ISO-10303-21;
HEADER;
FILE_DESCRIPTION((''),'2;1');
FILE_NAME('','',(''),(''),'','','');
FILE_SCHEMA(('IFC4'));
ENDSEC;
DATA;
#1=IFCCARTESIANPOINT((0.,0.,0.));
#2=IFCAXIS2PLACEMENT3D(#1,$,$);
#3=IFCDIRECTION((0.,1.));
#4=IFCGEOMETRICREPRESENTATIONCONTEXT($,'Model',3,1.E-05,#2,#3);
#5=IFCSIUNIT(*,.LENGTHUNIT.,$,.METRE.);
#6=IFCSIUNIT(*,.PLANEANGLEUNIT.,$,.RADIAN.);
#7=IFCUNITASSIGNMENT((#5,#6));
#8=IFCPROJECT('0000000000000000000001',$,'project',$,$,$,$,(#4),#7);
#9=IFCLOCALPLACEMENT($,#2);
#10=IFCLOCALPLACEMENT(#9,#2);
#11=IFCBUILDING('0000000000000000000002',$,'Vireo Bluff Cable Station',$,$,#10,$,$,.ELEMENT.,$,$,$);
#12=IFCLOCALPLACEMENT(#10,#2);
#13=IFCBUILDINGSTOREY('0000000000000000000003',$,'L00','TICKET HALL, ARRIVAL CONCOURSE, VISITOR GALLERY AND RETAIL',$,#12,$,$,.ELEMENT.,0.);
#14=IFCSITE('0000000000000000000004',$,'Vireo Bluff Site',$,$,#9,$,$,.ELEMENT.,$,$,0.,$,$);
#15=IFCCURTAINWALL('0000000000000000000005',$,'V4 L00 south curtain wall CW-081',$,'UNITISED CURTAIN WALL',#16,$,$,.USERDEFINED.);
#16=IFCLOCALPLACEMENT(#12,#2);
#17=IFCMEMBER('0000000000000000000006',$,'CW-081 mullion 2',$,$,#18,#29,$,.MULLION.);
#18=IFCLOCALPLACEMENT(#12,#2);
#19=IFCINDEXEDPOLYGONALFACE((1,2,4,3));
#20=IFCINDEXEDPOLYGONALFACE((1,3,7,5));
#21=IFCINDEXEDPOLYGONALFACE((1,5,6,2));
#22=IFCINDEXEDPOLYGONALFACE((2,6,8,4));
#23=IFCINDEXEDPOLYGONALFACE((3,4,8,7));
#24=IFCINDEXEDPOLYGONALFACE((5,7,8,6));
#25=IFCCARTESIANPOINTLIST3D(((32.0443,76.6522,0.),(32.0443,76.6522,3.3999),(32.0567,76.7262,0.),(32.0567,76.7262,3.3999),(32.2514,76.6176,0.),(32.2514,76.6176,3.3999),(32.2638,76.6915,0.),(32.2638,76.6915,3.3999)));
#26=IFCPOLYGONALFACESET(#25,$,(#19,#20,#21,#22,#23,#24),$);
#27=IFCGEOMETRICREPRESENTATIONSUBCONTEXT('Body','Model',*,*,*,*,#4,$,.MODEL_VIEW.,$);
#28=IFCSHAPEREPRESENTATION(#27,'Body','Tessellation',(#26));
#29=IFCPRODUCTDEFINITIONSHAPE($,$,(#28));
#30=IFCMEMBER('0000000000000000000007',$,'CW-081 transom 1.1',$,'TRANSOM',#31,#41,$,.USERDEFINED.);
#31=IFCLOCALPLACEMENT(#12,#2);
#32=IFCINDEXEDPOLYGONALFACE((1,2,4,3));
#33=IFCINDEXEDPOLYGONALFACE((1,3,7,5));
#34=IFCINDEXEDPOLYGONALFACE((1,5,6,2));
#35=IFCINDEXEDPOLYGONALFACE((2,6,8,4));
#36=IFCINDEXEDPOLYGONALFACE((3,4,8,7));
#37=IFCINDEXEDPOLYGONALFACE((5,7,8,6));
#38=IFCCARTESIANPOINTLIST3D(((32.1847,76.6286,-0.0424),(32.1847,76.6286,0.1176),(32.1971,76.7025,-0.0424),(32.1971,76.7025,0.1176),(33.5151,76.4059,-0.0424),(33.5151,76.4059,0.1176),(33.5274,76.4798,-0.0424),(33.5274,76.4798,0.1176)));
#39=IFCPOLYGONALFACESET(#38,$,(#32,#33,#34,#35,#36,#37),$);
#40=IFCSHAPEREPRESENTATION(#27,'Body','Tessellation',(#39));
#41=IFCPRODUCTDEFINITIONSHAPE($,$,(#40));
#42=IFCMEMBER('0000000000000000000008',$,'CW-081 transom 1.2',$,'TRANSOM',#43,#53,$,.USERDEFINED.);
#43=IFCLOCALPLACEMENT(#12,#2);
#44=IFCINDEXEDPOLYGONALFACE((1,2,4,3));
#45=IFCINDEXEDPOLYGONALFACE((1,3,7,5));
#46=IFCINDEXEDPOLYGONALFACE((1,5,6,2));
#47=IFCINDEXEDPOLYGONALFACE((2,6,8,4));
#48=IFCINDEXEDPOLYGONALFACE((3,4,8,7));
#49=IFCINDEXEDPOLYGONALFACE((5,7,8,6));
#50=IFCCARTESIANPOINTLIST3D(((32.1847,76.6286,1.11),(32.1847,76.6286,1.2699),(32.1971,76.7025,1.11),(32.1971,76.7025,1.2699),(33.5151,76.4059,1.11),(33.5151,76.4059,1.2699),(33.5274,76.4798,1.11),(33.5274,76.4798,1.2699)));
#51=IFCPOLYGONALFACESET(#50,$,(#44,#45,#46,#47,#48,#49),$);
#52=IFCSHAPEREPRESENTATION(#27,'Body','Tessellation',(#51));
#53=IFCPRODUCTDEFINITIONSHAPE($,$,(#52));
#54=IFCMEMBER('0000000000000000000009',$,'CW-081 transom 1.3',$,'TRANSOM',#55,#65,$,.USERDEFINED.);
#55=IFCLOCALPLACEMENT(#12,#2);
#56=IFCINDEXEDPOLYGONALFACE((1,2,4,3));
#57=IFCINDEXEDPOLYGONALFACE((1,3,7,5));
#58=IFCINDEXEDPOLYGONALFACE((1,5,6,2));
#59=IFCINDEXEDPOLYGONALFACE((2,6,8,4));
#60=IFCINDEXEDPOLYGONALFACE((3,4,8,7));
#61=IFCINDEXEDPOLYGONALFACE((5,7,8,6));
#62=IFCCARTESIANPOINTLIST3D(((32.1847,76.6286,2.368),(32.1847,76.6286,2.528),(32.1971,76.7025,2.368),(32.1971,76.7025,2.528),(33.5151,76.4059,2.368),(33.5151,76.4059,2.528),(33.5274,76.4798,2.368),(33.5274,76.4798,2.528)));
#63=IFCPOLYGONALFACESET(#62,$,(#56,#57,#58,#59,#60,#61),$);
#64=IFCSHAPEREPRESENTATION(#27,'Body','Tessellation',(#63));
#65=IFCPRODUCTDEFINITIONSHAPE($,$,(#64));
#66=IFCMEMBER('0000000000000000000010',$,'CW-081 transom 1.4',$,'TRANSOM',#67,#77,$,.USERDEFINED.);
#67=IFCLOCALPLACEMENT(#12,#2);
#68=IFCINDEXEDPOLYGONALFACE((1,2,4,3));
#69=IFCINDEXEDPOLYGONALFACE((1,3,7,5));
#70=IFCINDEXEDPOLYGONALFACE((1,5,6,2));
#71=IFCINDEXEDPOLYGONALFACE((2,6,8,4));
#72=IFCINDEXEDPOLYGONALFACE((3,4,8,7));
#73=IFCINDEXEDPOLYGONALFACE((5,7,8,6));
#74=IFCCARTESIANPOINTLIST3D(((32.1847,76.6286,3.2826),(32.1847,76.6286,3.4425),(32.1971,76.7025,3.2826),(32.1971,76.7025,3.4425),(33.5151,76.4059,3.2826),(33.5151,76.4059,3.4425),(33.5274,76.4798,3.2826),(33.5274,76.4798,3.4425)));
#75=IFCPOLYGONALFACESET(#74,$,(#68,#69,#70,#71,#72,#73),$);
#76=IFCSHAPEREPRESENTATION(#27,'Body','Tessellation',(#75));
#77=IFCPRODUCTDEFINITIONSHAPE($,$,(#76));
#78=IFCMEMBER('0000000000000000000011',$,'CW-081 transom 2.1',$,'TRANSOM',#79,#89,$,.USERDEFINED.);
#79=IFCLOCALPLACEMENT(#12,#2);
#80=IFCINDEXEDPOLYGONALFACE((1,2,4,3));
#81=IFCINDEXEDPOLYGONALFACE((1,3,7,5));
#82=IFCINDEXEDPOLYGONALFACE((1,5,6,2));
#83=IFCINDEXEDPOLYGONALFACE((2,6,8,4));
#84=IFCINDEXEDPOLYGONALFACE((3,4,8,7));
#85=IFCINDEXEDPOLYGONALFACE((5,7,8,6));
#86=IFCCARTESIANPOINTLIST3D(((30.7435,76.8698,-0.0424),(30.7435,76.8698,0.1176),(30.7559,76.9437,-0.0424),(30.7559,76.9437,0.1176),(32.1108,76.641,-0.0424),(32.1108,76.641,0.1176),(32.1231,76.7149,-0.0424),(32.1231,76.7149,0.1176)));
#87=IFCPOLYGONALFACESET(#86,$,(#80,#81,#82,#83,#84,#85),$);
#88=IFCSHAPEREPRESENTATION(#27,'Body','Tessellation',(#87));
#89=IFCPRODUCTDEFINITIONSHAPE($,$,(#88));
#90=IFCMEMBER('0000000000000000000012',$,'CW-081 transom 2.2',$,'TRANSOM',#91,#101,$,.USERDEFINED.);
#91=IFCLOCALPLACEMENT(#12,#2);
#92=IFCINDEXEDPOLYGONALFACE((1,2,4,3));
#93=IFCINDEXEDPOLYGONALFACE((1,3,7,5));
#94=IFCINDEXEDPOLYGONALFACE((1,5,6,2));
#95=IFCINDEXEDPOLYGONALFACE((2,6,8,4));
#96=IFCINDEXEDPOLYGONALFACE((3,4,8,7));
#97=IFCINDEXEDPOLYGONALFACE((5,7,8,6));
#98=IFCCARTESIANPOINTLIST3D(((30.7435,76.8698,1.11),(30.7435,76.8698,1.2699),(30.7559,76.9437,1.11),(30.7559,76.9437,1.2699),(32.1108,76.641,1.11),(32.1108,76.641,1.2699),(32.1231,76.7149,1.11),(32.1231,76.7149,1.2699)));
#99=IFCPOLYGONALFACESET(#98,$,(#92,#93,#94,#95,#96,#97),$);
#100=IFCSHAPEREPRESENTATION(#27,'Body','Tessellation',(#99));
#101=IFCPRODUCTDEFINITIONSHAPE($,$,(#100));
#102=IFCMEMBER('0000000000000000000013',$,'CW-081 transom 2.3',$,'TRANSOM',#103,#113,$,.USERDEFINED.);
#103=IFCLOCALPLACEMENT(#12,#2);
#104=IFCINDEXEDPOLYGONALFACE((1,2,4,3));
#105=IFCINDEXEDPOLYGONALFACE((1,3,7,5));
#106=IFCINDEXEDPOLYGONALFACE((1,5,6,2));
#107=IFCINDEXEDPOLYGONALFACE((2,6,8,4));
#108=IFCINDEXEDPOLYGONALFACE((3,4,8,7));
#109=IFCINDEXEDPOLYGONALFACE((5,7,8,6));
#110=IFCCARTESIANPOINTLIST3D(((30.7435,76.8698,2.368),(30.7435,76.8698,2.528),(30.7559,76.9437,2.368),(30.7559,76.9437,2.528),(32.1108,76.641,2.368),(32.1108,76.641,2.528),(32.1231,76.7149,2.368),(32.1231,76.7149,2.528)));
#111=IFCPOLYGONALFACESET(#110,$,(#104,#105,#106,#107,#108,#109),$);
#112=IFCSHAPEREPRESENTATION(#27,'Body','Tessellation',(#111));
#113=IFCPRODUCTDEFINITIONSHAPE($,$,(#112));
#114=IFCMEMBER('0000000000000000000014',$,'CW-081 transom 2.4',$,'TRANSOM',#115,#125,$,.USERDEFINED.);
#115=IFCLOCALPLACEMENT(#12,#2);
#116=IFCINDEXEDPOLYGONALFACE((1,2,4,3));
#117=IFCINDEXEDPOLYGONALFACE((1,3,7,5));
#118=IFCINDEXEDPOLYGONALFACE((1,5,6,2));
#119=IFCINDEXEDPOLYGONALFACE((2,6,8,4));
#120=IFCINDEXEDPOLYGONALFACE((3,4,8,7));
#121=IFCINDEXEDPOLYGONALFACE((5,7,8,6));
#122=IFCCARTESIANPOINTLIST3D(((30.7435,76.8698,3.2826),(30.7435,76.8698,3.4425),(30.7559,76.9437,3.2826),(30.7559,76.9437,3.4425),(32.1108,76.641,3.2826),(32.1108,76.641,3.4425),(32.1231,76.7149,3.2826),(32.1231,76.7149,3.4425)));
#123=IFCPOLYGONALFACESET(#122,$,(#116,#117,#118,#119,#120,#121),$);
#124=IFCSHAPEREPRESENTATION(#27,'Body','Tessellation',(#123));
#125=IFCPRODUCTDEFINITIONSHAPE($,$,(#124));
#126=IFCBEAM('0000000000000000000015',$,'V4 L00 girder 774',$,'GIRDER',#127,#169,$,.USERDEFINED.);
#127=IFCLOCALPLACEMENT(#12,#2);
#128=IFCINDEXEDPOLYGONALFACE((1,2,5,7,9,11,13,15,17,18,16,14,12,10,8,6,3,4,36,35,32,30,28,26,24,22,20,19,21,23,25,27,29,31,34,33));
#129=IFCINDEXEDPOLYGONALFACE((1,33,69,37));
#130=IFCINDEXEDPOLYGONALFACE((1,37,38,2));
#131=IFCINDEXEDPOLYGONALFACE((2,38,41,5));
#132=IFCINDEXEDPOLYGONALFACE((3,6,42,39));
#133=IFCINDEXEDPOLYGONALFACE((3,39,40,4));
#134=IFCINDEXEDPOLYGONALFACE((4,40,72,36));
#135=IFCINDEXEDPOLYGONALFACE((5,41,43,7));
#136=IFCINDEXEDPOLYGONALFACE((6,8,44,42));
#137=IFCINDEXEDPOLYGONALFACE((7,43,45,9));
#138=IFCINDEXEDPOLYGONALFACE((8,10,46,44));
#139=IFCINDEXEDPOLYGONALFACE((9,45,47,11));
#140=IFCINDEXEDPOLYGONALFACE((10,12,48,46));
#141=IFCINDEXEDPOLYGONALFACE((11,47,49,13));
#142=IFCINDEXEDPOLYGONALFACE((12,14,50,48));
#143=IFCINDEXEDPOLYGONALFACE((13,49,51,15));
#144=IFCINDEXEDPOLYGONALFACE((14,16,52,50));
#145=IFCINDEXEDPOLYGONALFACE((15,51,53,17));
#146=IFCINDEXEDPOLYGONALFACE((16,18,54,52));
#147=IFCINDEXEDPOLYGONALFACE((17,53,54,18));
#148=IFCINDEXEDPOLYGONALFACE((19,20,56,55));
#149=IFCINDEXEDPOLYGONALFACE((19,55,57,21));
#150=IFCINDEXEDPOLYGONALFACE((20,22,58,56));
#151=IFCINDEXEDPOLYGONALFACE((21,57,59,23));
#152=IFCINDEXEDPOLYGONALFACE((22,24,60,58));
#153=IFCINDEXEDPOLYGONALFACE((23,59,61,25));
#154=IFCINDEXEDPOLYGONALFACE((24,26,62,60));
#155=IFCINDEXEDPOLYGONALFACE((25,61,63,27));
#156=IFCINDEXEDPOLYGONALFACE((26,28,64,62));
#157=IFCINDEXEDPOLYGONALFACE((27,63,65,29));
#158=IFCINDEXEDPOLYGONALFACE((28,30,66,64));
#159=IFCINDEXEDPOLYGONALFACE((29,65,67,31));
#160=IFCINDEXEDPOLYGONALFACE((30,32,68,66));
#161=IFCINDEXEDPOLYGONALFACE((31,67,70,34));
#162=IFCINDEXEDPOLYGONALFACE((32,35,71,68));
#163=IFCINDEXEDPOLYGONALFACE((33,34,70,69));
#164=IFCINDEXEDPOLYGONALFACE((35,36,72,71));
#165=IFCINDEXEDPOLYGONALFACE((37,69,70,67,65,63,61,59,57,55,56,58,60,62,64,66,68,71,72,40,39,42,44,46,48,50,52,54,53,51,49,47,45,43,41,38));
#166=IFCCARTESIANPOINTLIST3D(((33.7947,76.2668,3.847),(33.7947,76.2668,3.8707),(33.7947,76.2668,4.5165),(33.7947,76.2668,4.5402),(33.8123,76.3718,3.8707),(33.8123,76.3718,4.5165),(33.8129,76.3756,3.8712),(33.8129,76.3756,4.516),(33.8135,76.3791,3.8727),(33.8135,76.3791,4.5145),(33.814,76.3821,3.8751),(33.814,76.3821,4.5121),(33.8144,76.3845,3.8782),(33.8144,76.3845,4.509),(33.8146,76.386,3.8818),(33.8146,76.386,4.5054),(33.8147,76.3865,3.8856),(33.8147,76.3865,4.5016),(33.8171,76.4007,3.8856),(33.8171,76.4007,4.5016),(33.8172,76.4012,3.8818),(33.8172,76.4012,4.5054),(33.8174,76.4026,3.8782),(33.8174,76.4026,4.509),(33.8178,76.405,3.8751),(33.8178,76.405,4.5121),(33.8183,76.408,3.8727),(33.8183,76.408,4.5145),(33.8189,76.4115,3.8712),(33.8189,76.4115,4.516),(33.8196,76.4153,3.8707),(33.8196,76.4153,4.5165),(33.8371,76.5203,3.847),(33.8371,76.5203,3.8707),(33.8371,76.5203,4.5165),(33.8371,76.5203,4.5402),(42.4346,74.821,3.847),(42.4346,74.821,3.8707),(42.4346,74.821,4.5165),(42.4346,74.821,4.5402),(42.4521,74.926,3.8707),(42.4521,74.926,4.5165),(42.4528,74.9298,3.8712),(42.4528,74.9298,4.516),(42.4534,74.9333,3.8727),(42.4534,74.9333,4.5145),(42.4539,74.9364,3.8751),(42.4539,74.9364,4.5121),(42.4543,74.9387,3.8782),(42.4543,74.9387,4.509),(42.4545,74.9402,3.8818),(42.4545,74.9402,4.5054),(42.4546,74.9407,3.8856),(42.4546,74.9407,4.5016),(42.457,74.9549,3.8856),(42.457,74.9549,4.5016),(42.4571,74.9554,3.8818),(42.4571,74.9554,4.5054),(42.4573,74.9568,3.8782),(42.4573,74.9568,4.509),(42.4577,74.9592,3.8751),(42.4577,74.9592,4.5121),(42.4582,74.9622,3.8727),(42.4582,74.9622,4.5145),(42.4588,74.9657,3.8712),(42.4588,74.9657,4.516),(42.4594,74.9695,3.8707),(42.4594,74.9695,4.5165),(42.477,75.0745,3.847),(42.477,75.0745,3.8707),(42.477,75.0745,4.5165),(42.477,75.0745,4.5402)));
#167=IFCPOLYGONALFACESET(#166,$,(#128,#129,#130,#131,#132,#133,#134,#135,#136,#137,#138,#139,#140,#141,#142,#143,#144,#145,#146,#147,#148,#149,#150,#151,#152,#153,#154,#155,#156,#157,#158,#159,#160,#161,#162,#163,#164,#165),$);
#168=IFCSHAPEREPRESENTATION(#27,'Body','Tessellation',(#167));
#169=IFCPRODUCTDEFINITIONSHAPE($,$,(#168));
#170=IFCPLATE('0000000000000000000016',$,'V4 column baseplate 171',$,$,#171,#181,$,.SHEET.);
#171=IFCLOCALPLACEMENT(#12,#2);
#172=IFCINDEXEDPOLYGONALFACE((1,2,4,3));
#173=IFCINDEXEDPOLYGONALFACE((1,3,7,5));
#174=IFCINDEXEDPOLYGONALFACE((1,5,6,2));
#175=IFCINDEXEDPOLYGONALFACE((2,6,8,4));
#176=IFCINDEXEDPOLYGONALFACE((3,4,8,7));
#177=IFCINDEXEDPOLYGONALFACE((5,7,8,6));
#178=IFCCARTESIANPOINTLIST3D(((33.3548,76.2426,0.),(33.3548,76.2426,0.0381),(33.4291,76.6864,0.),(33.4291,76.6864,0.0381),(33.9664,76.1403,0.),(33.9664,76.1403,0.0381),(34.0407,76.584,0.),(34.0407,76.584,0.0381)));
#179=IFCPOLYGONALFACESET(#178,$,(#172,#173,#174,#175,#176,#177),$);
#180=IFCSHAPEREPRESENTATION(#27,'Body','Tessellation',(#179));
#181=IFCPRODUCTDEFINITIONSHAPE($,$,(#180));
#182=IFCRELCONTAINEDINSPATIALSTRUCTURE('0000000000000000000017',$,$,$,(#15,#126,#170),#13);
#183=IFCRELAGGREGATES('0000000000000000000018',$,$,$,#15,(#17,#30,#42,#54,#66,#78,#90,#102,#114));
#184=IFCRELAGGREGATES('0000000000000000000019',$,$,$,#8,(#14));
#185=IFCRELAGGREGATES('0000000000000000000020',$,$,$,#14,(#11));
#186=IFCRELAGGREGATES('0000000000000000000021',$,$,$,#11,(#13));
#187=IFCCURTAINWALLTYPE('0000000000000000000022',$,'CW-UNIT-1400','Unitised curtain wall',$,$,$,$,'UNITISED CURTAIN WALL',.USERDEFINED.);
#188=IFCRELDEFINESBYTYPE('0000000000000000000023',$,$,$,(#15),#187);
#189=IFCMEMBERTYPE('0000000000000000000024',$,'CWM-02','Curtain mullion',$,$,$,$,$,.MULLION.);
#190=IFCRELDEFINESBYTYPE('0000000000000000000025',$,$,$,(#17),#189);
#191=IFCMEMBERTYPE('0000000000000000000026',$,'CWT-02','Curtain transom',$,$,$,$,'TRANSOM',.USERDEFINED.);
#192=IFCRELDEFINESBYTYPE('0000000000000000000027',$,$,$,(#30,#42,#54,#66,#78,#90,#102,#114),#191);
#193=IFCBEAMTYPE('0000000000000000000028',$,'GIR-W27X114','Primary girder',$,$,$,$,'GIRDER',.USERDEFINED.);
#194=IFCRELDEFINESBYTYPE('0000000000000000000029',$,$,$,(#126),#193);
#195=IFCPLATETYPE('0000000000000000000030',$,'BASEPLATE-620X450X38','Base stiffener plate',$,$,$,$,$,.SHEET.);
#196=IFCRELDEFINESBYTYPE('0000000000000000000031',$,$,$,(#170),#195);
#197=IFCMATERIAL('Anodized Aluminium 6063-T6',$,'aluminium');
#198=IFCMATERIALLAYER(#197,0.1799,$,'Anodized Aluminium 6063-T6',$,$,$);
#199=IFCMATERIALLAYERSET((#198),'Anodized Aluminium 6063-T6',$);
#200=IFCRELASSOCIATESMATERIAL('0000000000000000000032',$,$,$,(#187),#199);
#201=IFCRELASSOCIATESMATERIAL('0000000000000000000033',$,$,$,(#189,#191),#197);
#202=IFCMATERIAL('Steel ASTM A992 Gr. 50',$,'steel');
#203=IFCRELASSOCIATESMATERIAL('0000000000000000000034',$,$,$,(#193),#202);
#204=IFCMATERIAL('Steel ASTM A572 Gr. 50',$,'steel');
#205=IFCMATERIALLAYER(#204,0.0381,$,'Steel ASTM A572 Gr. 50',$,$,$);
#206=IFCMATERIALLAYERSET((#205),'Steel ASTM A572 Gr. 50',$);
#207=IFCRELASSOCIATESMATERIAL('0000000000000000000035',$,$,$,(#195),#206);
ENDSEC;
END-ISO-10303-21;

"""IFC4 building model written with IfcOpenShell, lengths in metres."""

from ifc_helpers import new_model, si_unit, direction, frame, origin, origin_2d, place, context, subcontext, project, spatial, rectangle, i_section, extrude, material, layer, layer_set, material_profile, profile_set, type_object, element, aggregate, save


model = new_model("IFC4")

# Units and contexts
model_context = context("Model", 3, precision=1e-05, world=origin(), true_north=direction((0.0, 1.0)))
body_context = subcontext(model_context, "Body", "Model", "MODEL_VIEW")
ifc_project = project(units=[si_unit("LENGTHUNIT", "METRE"), si_unit("PLANEANGLEUNIT", "RADIAN")], contexts=[model_context])

# Site, building, storey
site_placement = place(None, origin())
site = spatial("IfcSite", under=ifc_project, at=site_placement, Name="Vireo Bluff Site", CompositionType="ELEMENT", RefElevation=0.0)
building_placement = place(site_placement, origin())
building = spatial("IfcBuilding", under=site, at=building_placement, Name="Vireo Bluff Cable Station", CompositionType="ELEMENT")
storey_placement = place(building_placement, origin())
storey = spatial("IfcBuildingStorey", under=building, at=storey_placement, Name="L00", Description="TICKET HALL, ARRIVAL CONCOURSE, VISITOR GALLERY AND RETAIL", CompositionType="ELEMENT", Elevation=0.0)

# Shared definitions
ifc_material_1 = material(Name="Steel ASTM A992 Gr. 50", Category="steel")

# Curtain wall, members
ifc_material_2 = material(Name="Anodized Aluminium 6063-T6", Category="aluminium")
ifc_layer_1 = layer(ifc_material_2, 0.1799, Name="Anodized Aluminium 6063-T6")
ifc_layer_set_1 = layer_set([ifc_layer_1], Name="Anodized Aluminium 6063-T6")
curtain_wall_type = type_object("IfcCurtainWallType", Name="CW-UNIT-1400", Description="Unitised curtain wall", ElementType="UNITISED CURTAIN WALL", PredefinedType="USERDEFINED", material=ifc_layer_set_1)
curtain_wall_placement = place(storey_placement, origin())
curtain_wall = element("IfcCurtainWall", 1, at=curtain_wall_placement, inside=storey, type_object=curtain_wall_type, Name="V4 L00 south curtain wall CW-081", ObjectType="UNITISED CURTAIN WALL", PredefinedType="USERDEFINED")
ifc_material_profile_1 = material_profile(ifc_material_2, rectangle(XDim=0.075, YDim=0.21, at=origin_2d()), Name="ALU-M-75X210")
ifc_profile_set_1 = profile_set([ifc_material_profile_1], Name="Anodized Aluminium 6063-T6")
member_type_1 = type_object("IfcMemberType", Name="CWM-02", Description="Curtain mullion", PredefinedType="MULLION", material=ifc_profile_set_1)
member_1_placement = place(storey_placement, frame((32.1541, 76.6719, 0.0), z_axis=(0.0, 0.0, 1.0), x_axis=(-0.165048, -0.986286, 0.0)))
member_1 = element("IfcMember", 2, at=member_1_placement, type_object=member_type_1, Name="CW-081 mullion 2", PredefinedType="MULLION", context=body_context, shape_type="SweptSolid", body=[
    extrude(rectangle(XDim=0.075, YDim=0.21, at=origin_2d()), origin(), (0.0, 0.0, 1.0), 3.3999),
])
ifc_material_profile_2 = material_profile(ifc_material_2, rectangle(XDim=0.075, YDim=0.1599, at=origin_2d()), Name="ALU-T-75X160")
ifc_profile_set_2 = profile_set([ifc_material_profile_2], Name="Anodized Aluminium 6063-T6")
member_type_2 = type_object("IfcMemberType", Name="CWT-02", Description="Curtain transom", ElementType="TRANSOM", PredefinedType="USERDEFINED", material=ifc_profile_set_2)
member_2_placement = place(storey_placement, frame((33.5212, 76.4429, 0.0376), z_axis=(-0.986281, 0.165074, 0.0), x_axis=(-0.165074, -0.986281, 0.0)))
member_2 = element("IfcMember", 3, at=member_2_placement, type_object=member_type_2, Name="CW-081 transom 1.1", ObjectType="TRANSOM", PredefinedType="USERDEFINED", context=body_context, shape_type="SweptSolid", body=[
    extrude(rectangle(XDim=0.075, YDim=0.1599, at=origin_2d()), origin(), (0.0, 0.0, 1.0), 1.3489),
])
member_3_placement = place(storey_placement, frame((33.5212, 76.4429, 1.1899), z_axis=(-0.986281, 0.165074, 0.0), x_axis=(-0.165074, -0.986281, 0.0)))
member_3 = element("IfcMember", 4, at=member_3_placement, type_object=member_type_2, Name="CW-081 transom 1.2", ObjectType="TRANSOM", PredefinedType="USERDEFINED", context=body_context, shape_type="SweptSolid", body=[
    extrude(rectangle(XDim=0.075, YDim=0.1599, at=origin_2d()), origin(), (0.0, 0.0, 1.0), 1.3489),
])
member_4_placement = place(storey_placement, frame((33.5212, 76.4429, 2.448), z_axis=(-0.986281, 0.165074, 0.0), x_axis=(-0.165074, -0.986281, 0.0)))
member_4 = element("IfcMember", 5, at=member_4_placement, type_object=member_type_2, Name="CW-081 transom 1.3", ObjectType="TRANSOM", PredefinedType="USERDEFINED", context=body_context, shape_type="SweptSolid", body=[
    extrude(rectangle(XDim=0.075, YDim=0.1599, at=origin_2d()), origin(), (0.0, 0.0, 1.0), 1.3489),
])
member_5_placement = place(storey_placement, frame((33.5212, 76.4429, 3.3625), z_axis=(-0.986281, 0.165074, 0.0), x_axis=(-0.165074, -0.986281, 0.0)))
member_5 = element("IfcMember", 6, at=member_5_placement, type_object=member_type_2, Name="CW-081 transom 1.4", ObjectType="TRANSOM", PredefinedType="USERDEFINED", context=body_context, shape_type="SweptSolid", body=[
    extrude(rectangle(XDim=0.075, YDim=0.1599, at=origin_2d()), origin(), (0.0, 0.0, 1.0), 1.3489),
])
member_6_placement = place(storey_placement, frame((32.1169, 76.678, 0.0376), z_axis=(-0.986289, 0.165027, 0.0), x_axis=(-0.165027, -0.986289, 0.0)))
member_6 = element("IfcMember", 7, at=member_6_placement, type_object=member_type_2, Name="CW-081 transom 2.1", ObjectType="TRANSOM", PredefinedType="USERDEFINED", context=body_context, shape_type="SweptSolid", body=[
    extrude(rectangle(XDim=0.075, YDim=0.1599, at=origin_2d()), origin(), (0.0, 0.0, 1.0), 1.3862),
])
member_7_placement = place(storey_placement, frame((32.1169, 76.678, 1.1899), z_axis=(-0.986289, 0.165027, 0.0), x_axis=(-0.165027, -0.986289, 0.0)))
member_7 = element("IfcMember", 8, at=member_7_placement, type_object=member_type_2, Name="CW-081 transom 2.2", ObjectType="TRANSOM", PredefinedType="USERDEFINED", context=body_context, shape_type="SweptSolid", body=[
    extrude(rectangle(XDim=0.075, YDim=0.1599, at=origin_2d()), origin(), (0.0, 0.0, 1.0), 1.3862),
])
member_8_placement = place(storey_placement, frame((32.1169, 76.678, 2.448), z_axis=(-0.986289, 0.165027, 0.0), x_axis=(-0.165027, -0.986289, 0.0)))
member_8 = element("IfcMember", 9, at=member_8_placement, type_object=member_type_2, Name="CW-081 transom 2.3", ObjectType="TRANSOM", PredefinedType="USERDEFINED", context=body_context, shape_type="SweptSolid", body=[
    extrude(rectangle(XDim=0.075, YDim=0.1599, at=origin_2d()), origin(), (0.0, 0.0, 1.0), 1.3862),
])
member_9_placement = place(storey_placement, frame((32.1169, 76.678, 3.3625), z_axis=(-0.986289, 0.165027, 0.0), x_axis=(-0.165027, -0.986289, 0.0)))
member_9 = element("IfcMember", 10, at=member_9_placement, type_object=member_type_2, Name="CW-081 transom 2.4", ObjectType="TRANSOM", PredefinedType="USERDEFINED", context=body_context, shape_type="SweptSolid", body=[
    extrude(rectangle(XDim=0.075, YDim=0.1599, at=origin_2d()), origin(), (0.0, 0.0, 1.0), 1.3862),
])

# Beam
ifc_material_profile_3 = material_profile(ifc_material_1, i_section(OverallWidth=0.2571, OverallDepth=0.6931, WebThickness=0.0144, FlangeThickness=0.0237, FilletRadius=0.0149, at=origin_2d()), Name="W27X114")
ifc_profile_set_3 = profile_set([ifc_material_profile_3], Name="Steel ASTM A992 Gr. 50")
beam_type_1 = type_object("IfcBeamType", Name="GIR-W27X114", Description="Primary girder", ElementType="GIRDER", PredefinedType="USERDEFINED", material=ifc_profile_set_3)
beam_1_placement = place(storey_placement, frame((33.8159, 76.3936, 4.1936), z_axis=(0.986286, -0.165045, 0.0), x_axis=(0.165045, 0.986286, 0.0)))
element("IfcBeam", 11, at=beam_1_placement, inside=storey, type_object=beam_type_1, Name="V4 L00 girder 774", ObjectType="GIRDER", PredefinedType="USERDEFINED", context=body_context, shape_type="SweptSolid", body=[
    extrude(i_section(OverallWidth=0.2571, OverallDepth=0.6931, WebThickness=0.0144, FlangeThickness=0.0237, FilletRadius=0.0149, at=origin_2d()), origin(), (0.0, 0.0, 1.0), 8.76),
])

# Plate
ifc_material_3 = material(Name="Steel ASTM A572 Gr. 50", Category="steel")
ifc_layer_2 = layer(ifc_material_3, 0.0381, Name="Steel ASTM A572 Gr. 50")
ifc_layer_set_2 = layer_set([ifc_layer_2], Name="Steel ASTM A572 Gr. 50")
plate_type_1 = type_object("IfcPlateType", Name="BASEPLATE-620X450X38", Description="Base stiffener plate", PredefinedType="SHEET", material=ifc_layer_set_2)
plate_1_placement = place(storey_placement, frame((33.6978, 76.4133, 0.0), z_axis=(0.0, 0.0, 1.0), x_axis=(0.986286, -0.165048, 0.0)))
element("IfcPlate", 12, at=plate_1_placement, inside=storey, type_object=plate_type_1, Name="V4 column baseplate 171", PredefinedType="SHEET", context=body_context, shape_type="SweptSolid", body=[
    extrude(rectangle(XDim=0.6201, YDim=0.45, at=origin_2d()), origin(), (0.0, 0.0, 1.0), 0.0381),
])
aggregate(curtain_wall, [member_1, member_2, member_3, member_4, member_5, member_6, member_7, member_8, member_9])

save(model, "model.ifc")
